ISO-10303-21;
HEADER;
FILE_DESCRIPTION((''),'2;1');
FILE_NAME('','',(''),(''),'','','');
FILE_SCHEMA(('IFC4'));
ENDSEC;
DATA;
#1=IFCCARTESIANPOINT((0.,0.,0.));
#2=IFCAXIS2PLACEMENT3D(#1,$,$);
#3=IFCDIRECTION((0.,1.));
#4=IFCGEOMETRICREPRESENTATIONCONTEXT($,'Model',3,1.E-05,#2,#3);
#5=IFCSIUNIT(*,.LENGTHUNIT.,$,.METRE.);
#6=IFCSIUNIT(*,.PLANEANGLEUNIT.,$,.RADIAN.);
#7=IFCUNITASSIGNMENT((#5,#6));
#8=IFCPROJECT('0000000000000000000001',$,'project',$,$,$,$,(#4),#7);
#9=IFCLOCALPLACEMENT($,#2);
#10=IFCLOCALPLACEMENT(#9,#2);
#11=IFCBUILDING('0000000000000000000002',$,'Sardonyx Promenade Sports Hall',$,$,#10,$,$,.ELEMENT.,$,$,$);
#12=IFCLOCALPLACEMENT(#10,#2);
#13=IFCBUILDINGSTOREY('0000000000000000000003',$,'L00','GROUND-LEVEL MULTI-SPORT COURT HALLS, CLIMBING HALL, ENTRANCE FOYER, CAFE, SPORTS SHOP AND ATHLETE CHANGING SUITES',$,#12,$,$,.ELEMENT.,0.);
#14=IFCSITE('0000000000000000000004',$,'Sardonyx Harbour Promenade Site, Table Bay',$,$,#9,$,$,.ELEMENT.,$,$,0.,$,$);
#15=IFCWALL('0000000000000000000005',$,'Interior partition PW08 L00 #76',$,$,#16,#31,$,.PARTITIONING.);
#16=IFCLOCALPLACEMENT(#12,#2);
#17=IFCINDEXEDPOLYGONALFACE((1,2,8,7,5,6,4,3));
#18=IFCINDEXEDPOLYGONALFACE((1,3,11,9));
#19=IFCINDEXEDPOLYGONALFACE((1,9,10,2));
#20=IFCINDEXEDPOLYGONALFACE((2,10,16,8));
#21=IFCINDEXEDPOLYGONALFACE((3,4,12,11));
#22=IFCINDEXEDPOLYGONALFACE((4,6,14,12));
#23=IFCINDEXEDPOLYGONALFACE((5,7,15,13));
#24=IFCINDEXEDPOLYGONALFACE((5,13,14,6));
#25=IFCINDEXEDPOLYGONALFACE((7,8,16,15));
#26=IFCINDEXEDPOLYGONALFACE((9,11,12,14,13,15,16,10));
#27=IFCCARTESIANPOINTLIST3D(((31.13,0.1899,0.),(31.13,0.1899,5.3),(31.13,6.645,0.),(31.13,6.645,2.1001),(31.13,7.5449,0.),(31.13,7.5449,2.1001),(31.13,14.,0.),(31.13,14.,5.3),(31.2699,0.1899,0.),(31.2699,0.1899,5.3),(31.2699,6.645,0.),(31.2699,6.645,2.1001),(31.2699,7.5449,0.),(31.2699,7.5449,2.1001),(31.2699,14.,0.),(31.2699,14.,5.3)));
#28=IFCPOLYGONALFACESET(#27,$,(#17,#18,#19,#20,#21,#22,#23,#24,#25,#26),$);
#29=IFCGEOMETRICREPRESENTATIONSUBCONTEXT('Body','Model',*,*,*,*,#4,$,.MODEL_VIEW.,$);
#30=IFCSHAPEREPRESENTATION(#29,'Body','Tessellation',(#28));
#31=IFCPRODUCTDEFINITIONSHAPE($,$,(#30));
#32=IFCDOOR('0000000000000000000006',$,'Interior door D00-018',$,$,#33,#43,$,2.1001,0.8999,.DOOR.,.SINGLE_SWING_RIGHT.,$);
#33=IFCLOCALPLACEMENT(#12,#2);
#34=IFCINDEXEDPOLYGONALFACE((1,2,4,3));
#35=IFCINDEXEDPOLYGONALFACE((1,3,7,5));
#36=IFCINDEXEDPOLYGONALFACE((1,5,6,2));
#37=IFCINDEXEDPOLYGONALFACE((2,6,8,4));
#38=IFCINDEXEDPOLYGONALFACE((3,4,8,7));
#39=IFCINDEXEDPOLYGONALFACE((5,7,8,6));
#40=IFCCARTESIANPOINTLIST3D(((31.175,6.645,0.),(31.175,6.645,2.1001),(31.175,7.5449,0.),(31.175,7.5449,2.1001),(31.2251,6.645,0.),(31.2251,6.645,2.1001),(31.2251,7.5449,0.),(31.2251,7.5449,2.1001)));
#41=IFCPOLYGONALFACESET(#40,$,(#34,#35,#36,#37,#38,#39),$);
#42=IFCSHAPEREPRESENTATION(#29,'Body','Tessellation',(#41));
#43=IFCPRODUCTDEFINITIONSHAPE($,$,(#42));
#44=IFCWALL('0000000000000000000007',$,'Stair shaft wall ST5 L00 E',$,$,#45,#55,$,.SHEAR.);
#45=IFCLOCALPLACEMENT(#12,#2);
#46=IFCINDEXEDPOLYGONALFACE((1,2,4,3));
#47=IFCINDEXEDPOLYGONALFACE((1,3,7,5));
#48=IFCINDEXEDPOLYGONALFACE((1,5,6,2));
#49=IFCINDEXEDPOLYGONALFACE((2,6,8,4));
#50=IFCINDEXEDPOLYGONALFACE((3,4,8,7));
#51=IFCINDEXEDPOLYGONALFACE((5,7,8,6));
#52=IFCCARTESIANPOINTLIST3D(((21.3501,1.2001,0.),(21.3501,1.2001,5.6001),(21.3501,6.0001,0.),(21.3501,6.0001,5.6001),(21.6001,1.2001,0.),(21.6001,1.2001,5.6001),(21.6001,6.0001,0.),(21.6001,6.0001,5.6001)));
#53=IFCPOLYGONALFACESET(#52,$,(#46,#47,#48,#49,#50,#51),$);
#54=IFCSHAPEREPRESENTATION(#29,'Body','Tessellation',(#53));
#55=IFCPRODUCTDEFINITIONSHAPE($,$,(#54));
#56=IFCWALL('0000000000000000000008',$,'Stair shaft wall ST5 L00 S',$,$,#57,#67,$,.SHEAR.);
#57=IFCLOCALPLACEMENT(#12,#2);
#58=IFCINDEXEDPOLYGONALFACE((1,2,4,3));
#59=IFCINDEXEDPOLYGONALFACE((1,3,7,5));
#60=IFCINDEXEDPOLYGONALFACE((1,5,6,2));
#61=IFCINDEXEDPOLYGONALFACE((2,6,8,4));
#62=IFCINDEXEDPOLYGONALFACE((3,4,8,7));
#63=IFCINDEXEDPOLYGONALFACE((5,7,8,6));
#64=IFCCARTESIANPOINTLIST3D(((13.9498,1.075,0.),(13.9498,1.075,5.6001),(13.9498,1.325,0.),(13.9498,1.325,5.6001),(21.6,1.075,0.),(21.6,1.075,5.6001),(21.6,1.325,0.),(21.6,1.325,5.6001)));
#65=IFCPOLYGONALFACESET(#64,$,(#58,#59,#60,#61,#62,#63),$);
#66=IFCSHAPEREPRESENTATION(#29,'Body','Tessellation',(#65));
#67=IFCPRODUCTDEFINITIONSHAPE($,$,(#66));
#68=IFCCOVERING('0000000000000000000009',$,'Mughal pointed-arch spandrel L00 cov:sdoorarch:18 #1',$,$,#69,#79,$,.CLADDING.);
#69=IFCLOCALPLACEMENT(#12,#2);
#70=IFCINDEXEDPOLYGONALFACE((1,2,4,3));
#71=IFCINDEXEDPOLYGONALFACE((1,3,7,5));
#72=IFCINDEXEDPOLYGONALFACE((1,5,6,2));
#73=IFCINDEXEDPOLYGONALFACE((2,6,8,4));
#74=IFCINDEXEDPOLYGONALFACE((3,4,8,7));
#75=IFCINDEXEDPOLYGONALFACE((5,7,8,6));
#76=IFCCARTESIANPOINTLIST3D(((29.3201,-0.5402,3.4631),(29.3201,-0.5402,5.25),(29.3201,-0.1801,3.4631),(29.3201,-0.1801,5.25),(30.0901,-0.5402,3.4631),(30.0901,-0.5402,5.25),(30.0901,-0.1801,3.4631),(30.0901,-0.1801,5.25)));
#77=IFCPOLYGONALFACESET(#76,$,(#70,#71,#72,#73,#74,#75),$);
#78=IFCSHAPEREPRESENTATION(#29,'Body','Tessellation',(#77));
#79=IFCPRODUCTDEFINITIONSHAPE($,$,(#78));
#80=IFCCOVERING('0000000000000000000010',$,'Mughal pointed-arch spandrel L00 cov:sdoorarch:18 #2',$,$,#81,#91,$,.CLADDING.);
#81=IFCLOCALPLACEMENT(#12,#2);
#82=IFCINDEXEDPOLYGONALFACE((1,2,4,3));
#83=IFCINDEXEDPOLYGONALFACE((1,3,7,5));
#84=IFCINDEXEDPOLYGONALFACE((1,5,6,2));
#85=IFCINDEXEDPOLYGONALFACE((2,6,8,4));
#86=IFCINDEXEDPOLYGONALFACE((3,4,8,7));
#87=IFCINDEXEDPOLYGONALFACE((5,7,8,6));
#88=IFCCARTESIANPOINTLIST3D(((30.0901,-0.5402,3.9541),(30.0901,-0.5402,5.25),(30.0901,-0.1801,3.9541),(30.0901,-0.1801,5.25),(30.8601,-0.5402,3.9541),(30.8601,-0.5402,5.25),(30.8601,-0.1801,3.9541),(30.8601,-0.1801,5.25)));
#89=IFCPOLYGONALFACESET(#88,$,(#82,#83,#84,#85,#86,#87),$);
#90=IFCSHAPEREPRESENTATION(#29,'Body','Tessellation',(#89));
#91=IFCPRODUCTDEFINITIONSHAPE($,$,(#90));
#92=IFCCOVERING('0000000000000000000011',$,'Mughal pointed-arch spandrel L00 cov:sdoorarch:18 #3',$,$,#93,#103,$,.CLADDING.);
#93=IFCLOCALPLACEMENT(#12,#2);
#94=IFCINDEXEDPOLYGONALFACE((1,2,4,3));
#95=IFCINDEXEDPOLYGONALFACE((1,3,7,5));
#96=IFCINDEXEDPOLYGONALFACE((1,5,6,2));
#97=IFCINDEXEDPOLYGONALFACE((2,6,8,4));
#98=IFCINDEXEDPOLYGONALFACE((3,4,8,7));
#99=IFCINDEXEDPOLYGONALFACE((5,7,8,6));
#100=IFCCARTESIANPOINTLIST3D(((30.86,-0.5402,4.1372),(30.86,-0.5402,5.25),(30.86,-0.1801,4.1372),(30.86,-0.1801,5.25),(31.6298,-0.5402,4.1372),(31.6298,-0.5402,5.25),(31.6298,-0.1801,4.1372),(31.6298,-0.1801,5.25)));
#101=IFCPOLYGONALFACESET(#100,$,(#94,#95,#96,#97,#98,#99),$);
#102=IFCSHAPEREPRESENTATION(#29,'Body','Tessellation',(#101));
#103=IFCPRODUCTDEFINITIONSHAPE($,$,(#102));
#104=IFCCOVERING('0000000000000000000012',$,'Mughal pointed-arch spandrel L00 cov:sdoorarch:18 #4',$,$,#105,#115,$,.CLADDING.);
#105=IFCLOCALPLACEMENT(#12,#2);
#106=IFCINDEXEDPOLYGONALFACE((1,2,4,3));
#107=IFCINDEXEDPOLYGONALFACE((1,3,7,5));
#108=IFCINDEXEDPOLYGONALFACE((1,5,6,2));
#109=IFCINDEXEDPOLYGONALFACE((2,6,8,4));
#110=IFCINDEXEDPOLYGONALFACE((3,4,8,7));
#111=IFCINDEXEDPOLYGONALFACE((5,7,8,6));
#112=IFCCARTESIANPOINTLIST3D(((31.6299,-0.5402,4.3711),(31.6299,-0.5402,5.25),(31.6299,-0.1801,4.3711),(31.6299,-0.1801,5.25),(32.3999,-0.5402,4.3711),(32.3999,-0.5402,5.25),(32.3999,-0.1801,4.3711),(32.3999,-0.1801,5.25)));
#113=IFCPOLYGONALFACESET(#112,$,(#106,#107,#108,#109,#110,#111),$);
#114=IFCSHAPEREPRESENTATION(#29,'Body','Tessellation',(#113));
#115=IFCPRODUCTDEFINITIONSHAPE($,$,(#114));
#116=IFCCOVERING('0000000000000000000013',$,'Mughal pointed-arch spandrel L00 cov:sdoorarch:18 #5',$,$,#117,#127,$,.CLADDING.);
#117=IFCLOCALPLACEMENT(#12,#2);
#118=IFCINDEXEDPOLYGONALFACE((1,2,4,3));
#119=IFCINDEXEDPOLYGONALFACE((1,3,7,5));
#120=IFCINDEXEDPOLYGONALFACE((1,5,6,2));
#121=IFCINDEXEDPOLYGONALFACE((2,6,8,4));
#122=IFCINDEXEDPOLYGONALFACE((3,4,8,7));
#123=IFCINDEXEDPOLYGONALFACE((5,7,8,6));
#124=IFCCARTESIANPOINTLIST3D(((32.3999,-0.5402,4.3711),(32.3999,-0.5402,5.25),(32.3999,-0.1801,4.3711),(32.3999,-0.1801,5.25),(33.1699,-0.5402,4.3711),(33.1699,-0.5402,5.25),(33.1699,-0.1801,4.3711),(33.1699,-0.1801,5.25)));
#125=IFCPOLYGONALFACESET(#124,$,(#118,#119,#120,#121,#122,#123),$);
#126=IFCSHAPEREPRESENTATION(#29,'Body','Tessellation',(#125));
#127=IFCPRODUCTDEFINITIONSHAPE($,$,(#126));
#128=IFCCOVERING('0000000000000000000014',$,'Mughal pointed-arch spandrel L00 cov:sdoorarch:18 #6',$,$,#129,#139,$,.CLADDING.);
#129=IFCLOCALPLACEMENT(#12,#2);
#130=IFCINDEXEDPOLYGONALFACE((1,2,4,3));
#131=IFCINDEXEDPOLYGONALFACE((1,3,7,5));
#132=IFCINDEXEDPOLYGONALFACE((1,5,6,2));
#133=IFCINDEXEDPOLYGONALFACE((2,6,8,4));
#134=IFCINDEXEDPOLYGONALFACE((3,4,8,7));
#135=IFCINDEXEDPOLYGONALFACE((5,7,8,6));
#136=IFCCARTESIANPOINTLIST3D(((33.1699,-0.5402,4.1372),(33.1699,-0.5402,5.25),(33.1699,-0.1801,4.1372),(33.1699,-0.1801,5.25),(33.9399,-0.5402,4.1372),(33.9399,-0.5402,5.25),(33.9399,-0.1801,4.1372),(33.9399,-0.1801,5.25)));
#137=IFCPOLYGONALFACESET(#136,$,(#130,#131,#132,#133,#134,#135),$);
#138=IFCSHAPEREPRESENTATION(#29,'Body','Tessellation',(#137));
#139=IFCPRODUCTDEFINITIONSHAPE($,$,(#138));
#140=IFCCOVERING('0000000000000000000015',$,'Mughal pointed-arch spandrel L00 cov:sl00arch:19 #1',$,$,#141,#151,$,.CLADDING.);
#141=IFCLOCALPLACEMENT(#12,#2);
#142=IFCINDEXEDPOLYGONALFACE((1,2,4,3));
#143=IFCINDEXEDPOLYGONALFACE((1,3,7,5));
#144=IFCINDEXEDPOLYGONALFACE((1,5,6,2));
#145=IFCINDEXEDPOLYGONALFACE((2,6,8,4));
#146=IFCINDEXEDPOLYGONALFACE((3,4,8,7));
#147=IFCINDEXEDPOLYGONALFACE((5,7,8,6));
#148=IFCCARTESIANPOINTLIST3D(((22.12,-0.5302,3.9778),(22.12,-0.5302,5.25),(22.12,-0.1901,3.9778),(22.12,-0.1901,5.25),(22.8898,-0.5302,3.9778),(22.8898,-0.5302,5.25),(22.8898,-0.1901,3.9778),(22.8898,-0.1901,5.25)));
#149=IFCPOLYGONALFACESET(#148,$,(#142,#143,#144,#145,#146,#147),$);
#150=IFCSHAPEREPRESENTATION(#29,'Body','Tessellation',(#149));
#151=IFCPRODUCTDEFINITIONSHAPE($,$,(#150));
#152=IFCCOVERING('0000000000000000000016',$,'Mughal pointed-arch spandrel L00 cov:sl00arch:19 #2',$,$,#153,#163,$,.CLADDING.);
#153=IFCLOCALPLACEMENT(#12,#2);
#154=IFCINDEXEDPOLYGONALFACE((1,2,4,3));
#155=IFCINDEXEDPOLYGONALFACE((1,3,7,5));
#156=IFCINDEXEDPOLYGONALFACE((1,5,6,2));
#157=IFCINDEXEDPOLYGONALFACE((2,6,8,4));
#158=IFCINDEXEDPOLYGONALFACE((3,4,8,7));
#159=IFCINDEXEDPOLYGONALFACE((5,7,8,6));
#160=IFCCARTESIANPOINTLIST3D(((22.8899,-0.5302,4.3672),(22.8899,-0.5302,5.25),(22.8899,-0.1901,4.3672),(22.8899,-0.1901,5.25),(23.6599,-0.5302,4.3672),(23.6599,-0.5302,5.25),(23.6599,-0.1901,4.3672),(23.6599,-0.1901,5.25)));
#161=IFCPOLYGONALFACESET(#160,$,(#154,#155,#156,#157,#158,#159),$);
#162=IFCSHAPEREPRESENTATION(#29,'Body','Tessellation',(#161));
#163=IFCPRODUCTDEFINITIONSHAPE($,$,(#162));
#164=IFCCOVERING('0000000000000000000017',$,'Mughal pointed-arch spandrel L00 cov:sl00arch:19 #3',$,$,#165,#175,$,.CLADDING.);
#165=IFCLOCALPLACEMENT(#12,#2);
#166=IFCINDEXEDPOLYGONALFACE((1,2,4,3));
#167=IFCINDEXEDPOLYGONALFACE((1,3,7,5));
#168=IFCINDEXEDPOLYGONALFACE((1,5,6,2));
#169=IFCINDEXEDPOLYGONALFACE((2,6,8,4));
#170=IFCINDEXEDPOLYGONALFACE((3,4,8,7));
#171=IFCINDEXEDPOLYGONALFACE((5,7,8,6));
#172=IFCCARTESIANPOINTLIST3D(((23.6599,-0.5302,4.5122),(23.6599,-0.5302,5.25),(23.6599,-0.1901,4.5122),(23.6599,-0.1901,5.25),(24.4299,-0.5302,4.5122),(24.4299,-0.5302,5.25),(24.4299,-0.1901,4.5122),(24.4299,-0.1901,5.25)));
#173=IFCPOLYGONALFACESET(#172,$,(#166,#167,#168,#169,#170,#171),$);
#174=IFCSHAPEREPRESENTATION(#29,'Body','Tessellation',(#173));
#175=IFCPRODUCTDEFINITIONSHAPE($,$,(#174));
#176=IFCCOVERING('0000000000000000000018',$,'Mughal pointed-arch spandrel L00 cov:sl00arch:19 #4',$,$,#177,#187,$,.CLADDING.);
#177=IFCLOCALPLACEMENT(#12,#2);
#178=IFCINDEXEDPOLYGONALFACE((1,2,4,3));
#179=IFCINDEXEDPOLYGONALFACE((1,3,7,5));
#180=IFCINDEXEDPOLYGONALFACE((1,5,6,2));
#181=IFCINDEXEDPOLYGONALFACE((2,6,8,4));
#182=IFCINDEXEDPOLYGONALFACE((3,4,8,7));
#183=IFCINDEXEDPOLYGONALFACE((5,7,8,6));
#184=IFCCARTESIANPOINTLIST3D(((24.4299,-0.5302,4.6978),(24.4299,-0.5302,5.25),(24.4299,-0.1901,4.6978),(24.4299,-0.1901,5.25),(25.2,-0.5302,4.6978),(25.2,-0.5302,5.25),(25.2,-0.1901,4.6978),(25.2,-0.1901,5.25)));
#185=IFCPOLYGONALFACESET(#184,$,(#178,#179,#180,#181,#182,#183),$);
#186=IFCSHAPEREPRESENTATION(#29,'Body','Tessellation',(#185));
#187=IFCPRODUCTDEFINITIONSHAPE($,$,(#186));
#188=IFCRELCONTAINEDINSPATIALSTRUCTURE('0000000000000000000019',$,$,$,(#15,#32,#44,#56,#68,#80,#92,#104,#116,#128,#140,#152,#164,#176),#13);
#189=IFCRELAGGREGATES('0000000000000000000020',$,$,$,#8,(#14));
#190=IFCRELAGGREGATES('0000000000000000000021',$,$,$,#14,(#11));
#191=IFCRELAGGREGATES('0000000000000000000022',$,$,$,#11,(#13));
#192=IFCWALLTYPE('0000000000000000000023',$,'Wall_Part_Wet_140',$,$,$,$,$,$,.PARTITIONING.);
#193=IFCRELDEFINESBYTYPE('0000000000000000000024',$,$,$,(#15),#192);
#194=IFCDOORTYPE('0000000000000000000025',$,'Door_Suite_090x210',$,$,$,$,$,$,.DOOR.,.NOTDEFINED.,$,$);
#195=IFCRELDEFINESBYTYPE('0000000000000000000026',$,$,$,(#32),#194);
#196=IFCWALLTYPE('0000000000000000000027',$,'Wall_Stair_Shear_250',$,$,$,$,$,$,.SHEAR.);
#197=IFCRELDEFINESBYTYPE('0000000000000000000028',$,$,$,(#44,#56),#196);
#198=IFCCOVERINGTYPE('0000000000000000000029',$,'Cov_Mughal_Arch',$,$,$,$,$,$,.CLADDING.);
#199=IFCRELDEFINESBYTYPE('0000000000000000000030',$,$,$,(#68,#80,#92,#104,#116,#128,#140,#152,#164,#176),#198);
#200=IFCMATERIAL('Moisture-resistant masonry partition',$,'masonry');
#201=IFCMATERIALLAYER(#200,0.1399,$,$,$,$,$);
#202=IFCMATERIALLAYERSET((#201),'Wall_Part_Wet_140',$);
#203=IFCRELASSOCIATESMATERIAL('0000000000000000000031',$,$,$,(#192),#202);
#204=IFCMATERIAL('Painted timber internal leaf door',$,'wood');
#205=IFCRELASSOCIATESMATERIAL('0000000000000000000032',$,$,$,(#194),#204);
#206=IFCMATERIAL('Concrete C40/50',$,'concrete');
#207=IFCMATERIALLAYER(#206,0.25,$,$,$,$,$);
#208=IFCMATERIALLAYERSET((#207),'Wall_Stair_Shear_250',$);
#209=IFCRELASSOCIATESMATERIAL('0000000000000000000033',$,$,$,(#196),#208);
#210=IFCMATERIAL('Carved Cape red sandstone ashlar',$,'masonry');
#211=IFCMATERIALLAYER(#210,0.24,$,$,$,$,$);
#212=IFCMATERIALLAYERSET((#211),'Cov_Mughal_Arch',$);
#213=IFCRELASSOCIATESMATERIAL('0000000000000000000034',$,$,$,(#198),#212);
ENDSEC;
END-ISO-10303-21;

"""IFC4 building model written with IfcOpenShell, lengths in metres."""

from ifc_helpers import new_model, si_unit, direction, frame, frame_2d, origin, place, context, subcontext, project, spatial, rectangle, extrude, material, layer, layer_set, type_object, element, fill, save


model = new_model("IFC4")

# Units and contexts
model_context = context("Model", 3, precision=1e-05, world=origin(), true_north=direction((0.0, 1.0)))
body_context = subcontext(model_context, "Body", "Model", "MODEL_VIEW")
ifc_project = project(units=[si_unit("LENGTHUNIT", "METRE"), si_unit("PLANEANGLEUNIT", "RADIAN")], contexts=[model_context])

# Site, building, storey
site_placement = place(None, origin())
site = spatial("IfcSite", under=ifc_project, at=site_placement, Name="Sardonyx Harbour Promenade Site, Table Bay", CompositionType="ELEMENT", RefElevation=0.0)
building_placement = place(site_placement, origin())
building = spatial("IfcBuilding", under=site, at=building_placement, Name="Sardonyx Promenade Sports Hall", CompositionType="ELEMENT")
storey_placement = place(building_placement, origin())
storey = spatial("IfcBuildingStorey", under=building, at=storey_placement, Name="L00", Description="GROUND-LEVEL MULTI-SPORT COURT HALLS, CLIMBING HALL, ENTRANCE FOYER, CAFE, SPORTS SHOP AND ATHLETE CHANGING SUITES", CompositionType="ELEMENT", Elevation=0.0)

# Wall, opening, door
ifc_material_1 = material(Name="Moisture-resistant masonry partition", Category="masonry")
ifc_layer_1 = layer(ifc_material_1, 0.1399)
ifc_layer_set_1 = layer_set([ifc_layer_1], Name="Wall_Part_Wet_140")
wall_type_1 = type_object("IfcWallType", Name="Wall_Part_Wet_140", PredefinedType="PARTITIONING", material=ifc_layer_set_1)
wall_1_placement = place(storey_placement, frame((31.2, 0.1899, 0.0), z_axis=(0.0, 0.0, 1.0), x_axis=(0.0, 1.0, 0.0)))
wall_1 = element("IfcWall", 1, at=wall_1_placement, inside=storey, type_object=wall_type_1, Name="Interior partition PW08 L00 #76", PredefinedType="PARTITIONING", context=body_context, shape_type="SweptSolid", body=[
    extrude(rectangle(XDim=13.8101, YDim=0.1399, at=frame_2d((6.905, 0.0))), origin(), (0.0, 0.0, 1.0), 5.3),
])
opening_1_placement = place(wall_1_placement, frame((6.4551, 0.0, 0.0)))
opening_1 = element("IfcOpeningElement", 2, at=opening_1_placement, cuts=wall_1, PredefinedType="OPENING", context=body_context, shape_type="SweptSolid", body=[
    extrude(rectangle(XDim=0.8999, YDim=2.1001, at=frame_2d((0.45, 1.05))), frame((0.0, 0.08, 0.0), z_axis=(0.0, -1.0, 0.0), x_axis=(1.0, 0.0, 0.0)), (0.0, 0.0, 1.0), 0.16),
])
ifc_material_2 = material(Name="Painted timber internal leaf door", Category="wood")
door_type = type_object("IfcDoorType", Name="Door_Suite_090x210", OperationType="NOTDEFINED", PredefinedType="DOOR", material=ifc_material_2)
door_placement = place(opening_1_placement, origin())
door = element("IfcDoor", 3, at=door_placement, inside=storey, type_object=door_type, Name="Interior door D00-018", OperationType="SINGLE_SWING_RIGHT", OverallHeight=2.1001, OverallWidth=0.8999, PredefinedType="DOOR", context=body_context, shape_type="SweptSolid", body=[
    extrude(rectangle(XDim=0.8999, YDim=2.1001, at=frame_2d((0.45, 1.05))), frame((0.0, 0.0249, 0.0), z_axis=(0.0, -1.0, 0.0), x_axis=(1.0, 0.0, 0.0)), (0.0, 0.0, 1.0), 0.05),
])
fill(opening_1, door)

# Walls
ifc_material_3 = material(Name="Concrete C40/50", Category="concrete")
ifc_layer_2 = layer(ifc_material_3, 0.25)
ifc_layer_set_2 = layer_set([ifc_layer_2], Name="Wall_Stair_Shear_250")
wall_type_2 = type_object("IfcWallType", Name="Wall_Stair_Shear_250", PredefinedType="SHEAR", material=ifc_layer_set_2)
wall_2_placement = place(storey_placement, frame((21.4751, 6.0, 0.0), z_axis=(0.0, 0.0, 1.0), x_axis=(0.0, -1.0, 0.0)))
element("IfcWall", 4, at=wall_2_placement, inside=storey, type_object=wall_type_2, Name="Stair shaft wall ST5 L00 E", PredefinedType="SHEAR", context=body_context, shape_type="SweptSolid", body=[
    extrude(rectangle(XDim=4.8, YDim=0.25, at=frame_2d((2.3999, 0.0))), origin(), (0.0, 0.0, 1.0), 5.6001),
])
wall_3_placement = place(storey_placement, frame((21.6001, 1.2, 0.0), z_axis=(0.0, 0.0, 1.0), x_axis=(-1.0, 0.0, 0.0)))
element("IfcWall", 5, at=wall_3_placement, inside=storey, type_object=wall_type_2, Name="Stair shaft wall ST5 L00 S", PredefinedType="SHEAR", context=body_context, shape_type="SweptSolid", body=[
    extrude(rectangle(XDim=7.6501, YDim=0.25, at=frame_2d((3.8252, 0.0))), origin(), (0.0, 0.0, 1.0), 5.6001),
])

# Coverings
ifc_material_4 = material(Name="Carved Cape red sandstone ashlar", Category="masonry")
ifc_layer_3 = layer(ifc_material_4, 0.24)
ifc_layer_set_3 = layer_set([ifc_layer_3], Name="Cov_Mughal_Arch")
covering_type = type_object("IfcCoveringType", Name="Cov_Mughal_Arch", PredefinedType="CLADDING", material=ifc_layer_set_3)
covering_1_placement = place(storey_placement, frame((29.3201, -0.3601, 3.4631), z_axis=(0.0, 0.0, 1.0), x_axis=(1.0, 0.0, 0.0)))
element("IfcCovering", 6, at=covering_1_placement, inside=storey, type_object=covering_type, Name="Mughal pointed-arch spandrel L00 cov:sdoorarch:18 #1", PredefinedType="CLADDING", context=body_context, shape_type="SweptSolid", body=[
    extrude(rectangle(XDim=0.77, YDim=0.3601, at=frame_2d((0.385, 0.0))), origin(), (0.0, 0.0, 1.0), 1.7869),
])
covering_2_placement = place(storey_placement, frame((30.0901, -0.3601, 3.9541), z_axis=(0.0, 0.0, 1.0), x_axis=(1.0, 0.0, 0.0)))
element("IfcCovering", 7, at=covering_2_placement, inside=storey, type_object=covering_type, Name="Mughal pointed-arch spandrel L00 cov:sdoorarch:18 #2", PredefinedType="CLADDING", context=body_context, shape_type="SweptSolid", body=[
    extrude(rectangle(XDim=0.77, YDim=0.3601, at=frame_2d((0.385, 0.0))), origin(), (0.0, 0.0, 1.0), 1.2959),
])
covering_3_placement = place(storey_placement, frame((30.8601, -0.3601, 4.1372), z_axis=(0.0, 0.0, 1.0), x_axis=(1.0, 0.0, 0.0)))
element("IfcCovering", 8, at=covering_3_placement, inside=storey, type_object=covering_type, Name="Mughal pointed-arch spandrel L00 cov:sdoorarch:18 #3", PredefinedType="CLADDING", context=body_context, shape_type="SweptSolid", body=[
    extrude(rectangle(XDim=0.7698, YDim=0.3601, at=frame_2d((0.3848, 0.0))), origin(), (0.0, 0.0, 1.0), 1.1128),
])
for number, where, z_axis, x_axis, name in (
    (9, (31.6299, -0.3601, 4.3711), (0.0, 0.0, 1.0), (1.0, 0.0, 0.0), "Mughal pointed-arch spandrel L00 cov:sdoorarch:18 #4"),
    (10, (32.3999, -0.3601, 4.3711), (0.0, 0.0, 1.0), (1.0, 0.0, 0.0), "Mughal pointed-arch spandrel L00 cov:sdoorarch:18 #5"),
):
    element("IfcCovering", number, at=place(storey_placement, frame(where, z_axis=z_axis, x_axis=x_axis)), inside=storey, type_object=covering_type, Name=name, PredefinedType="CLADDING", context=body_context, shape_type="SweptSolid", body=[
        extrude(rectangle(XDim=0.77, YDim=0.3601, at=frame_2d((0.385, 0.0))), origin(), (0.0, 0.0, 1.0), 0.8789),
    ])
covering_4_placement = place(storey_placement, frame((33.1699, -0.3601, 4.1372), z_axis=(0.0, 0.0, 1.0), x_axis=(1.0, 0.0, 0.0)))
element("IfcCovering", 11, at=covering_4_placement, inside=storey, type_object=covering_type, Name="Mughal pointed-arch spandrel L00 cov:sdoorarch:18 #6", PredefinedType="CLADDING", context=body_context, shape_type="SweptSolid", body=[
    extrude(rectangle(XDim=0.77, YDim=0.3601, at=frame_2d((0.385, 0.0))), origin(), (0.0, 0.0, 1.0), 1.1128),
])
covering_5_placement = place(storey_placement, frame((22.1201, -0.3601, 3.9778), z_axis=(0.0, 0.0, 1.0), x_axis=(1.0, 0.0, 0.0)))
element("IfcCovering", 12, at=covering_5_placement, inside=storey, type_object=covering_type, Name="Mughal pointed-arch spandrel L00 cov:sl00arch:19 #1", PredefinedType="CLADDING", context=body_context, shape_type="SweptSolid", body=[
    extrude(rectangle(XDim=0.7698, YDim=0.3401, at=frame_2d((0.3848, 0.0))), origin(), (0.0, 0.0, 1.0), 1.2722),
])
covering_6_placement = place(storey_placement, frame((22.8899, -0.3601, 4.3672), z_axis=(0.0, 0.0, 1.0), x_axis=(1.0, 0.0, 0.0)))
element("IfcCovering", 13, at=covering_6_placement, inside=storey, type_object=covering_type, Name="Mughal pointed-arch spandrel L00 cov:sl00arch:19 #2", PredefinedType="CLADDING", context=body_context, shape_type="SweptSolid", body=[
    extrude(rectangle(XDim=0.77, YDim=0.3401, at=frame_2d((0.385, 0.0))), origin(), (0.0, 0.0, 1.0), 0.8828),
])
covering_7_placement = place(storey_placement, frame((23.6599, -0.3601, 4.5122), z_axis=(0.0, 0.0, 1.0), x_axis=(1.0, 0.0, 0.0)))
element("IfcCovering", 14, at=covering_7_placement, inside=storey, type_object=covering_type, Name="Mughal pointed-arch spandrel L00 cov:sl00arch:19 #3", PredefinedType="CLADDING", context=body_context, shape_type="SweptSolid", body=[
    extrude(rectangle(XDim=0.77, YDim=0.3401, at=frame_2d((0.385, 0.0))), origin(), (0.0, 0.0, 1.0), 0.7378),
])
for number, where, z_axis, x_axis, name in (
    (15, (24.4299, -0.3601, 4.6978), (0.0, 0.0, 1.0), (1.0, 0.0, 0.0), "Mughal pointed-arch spandrel L00 cov:sl00arch:19 #4"),
):
    element("IfcCovering", number, at=place(storey_placement, frame(where, z_axis=z_axis, x_axis=x_axis)), inside=storey, type_object=covering_type, Name=name, PredefinedType="CLADDING", context=body_context, shape_type="SweptSolid", body=[
        extrude(rectangle(XDim=0.77, YDim=0.3401, at=frame_2d((0.385, 0.0))), origin(), (0.0, 0.0, 1.0), 0.5522),
    ])

save(model, "model.ifc")
